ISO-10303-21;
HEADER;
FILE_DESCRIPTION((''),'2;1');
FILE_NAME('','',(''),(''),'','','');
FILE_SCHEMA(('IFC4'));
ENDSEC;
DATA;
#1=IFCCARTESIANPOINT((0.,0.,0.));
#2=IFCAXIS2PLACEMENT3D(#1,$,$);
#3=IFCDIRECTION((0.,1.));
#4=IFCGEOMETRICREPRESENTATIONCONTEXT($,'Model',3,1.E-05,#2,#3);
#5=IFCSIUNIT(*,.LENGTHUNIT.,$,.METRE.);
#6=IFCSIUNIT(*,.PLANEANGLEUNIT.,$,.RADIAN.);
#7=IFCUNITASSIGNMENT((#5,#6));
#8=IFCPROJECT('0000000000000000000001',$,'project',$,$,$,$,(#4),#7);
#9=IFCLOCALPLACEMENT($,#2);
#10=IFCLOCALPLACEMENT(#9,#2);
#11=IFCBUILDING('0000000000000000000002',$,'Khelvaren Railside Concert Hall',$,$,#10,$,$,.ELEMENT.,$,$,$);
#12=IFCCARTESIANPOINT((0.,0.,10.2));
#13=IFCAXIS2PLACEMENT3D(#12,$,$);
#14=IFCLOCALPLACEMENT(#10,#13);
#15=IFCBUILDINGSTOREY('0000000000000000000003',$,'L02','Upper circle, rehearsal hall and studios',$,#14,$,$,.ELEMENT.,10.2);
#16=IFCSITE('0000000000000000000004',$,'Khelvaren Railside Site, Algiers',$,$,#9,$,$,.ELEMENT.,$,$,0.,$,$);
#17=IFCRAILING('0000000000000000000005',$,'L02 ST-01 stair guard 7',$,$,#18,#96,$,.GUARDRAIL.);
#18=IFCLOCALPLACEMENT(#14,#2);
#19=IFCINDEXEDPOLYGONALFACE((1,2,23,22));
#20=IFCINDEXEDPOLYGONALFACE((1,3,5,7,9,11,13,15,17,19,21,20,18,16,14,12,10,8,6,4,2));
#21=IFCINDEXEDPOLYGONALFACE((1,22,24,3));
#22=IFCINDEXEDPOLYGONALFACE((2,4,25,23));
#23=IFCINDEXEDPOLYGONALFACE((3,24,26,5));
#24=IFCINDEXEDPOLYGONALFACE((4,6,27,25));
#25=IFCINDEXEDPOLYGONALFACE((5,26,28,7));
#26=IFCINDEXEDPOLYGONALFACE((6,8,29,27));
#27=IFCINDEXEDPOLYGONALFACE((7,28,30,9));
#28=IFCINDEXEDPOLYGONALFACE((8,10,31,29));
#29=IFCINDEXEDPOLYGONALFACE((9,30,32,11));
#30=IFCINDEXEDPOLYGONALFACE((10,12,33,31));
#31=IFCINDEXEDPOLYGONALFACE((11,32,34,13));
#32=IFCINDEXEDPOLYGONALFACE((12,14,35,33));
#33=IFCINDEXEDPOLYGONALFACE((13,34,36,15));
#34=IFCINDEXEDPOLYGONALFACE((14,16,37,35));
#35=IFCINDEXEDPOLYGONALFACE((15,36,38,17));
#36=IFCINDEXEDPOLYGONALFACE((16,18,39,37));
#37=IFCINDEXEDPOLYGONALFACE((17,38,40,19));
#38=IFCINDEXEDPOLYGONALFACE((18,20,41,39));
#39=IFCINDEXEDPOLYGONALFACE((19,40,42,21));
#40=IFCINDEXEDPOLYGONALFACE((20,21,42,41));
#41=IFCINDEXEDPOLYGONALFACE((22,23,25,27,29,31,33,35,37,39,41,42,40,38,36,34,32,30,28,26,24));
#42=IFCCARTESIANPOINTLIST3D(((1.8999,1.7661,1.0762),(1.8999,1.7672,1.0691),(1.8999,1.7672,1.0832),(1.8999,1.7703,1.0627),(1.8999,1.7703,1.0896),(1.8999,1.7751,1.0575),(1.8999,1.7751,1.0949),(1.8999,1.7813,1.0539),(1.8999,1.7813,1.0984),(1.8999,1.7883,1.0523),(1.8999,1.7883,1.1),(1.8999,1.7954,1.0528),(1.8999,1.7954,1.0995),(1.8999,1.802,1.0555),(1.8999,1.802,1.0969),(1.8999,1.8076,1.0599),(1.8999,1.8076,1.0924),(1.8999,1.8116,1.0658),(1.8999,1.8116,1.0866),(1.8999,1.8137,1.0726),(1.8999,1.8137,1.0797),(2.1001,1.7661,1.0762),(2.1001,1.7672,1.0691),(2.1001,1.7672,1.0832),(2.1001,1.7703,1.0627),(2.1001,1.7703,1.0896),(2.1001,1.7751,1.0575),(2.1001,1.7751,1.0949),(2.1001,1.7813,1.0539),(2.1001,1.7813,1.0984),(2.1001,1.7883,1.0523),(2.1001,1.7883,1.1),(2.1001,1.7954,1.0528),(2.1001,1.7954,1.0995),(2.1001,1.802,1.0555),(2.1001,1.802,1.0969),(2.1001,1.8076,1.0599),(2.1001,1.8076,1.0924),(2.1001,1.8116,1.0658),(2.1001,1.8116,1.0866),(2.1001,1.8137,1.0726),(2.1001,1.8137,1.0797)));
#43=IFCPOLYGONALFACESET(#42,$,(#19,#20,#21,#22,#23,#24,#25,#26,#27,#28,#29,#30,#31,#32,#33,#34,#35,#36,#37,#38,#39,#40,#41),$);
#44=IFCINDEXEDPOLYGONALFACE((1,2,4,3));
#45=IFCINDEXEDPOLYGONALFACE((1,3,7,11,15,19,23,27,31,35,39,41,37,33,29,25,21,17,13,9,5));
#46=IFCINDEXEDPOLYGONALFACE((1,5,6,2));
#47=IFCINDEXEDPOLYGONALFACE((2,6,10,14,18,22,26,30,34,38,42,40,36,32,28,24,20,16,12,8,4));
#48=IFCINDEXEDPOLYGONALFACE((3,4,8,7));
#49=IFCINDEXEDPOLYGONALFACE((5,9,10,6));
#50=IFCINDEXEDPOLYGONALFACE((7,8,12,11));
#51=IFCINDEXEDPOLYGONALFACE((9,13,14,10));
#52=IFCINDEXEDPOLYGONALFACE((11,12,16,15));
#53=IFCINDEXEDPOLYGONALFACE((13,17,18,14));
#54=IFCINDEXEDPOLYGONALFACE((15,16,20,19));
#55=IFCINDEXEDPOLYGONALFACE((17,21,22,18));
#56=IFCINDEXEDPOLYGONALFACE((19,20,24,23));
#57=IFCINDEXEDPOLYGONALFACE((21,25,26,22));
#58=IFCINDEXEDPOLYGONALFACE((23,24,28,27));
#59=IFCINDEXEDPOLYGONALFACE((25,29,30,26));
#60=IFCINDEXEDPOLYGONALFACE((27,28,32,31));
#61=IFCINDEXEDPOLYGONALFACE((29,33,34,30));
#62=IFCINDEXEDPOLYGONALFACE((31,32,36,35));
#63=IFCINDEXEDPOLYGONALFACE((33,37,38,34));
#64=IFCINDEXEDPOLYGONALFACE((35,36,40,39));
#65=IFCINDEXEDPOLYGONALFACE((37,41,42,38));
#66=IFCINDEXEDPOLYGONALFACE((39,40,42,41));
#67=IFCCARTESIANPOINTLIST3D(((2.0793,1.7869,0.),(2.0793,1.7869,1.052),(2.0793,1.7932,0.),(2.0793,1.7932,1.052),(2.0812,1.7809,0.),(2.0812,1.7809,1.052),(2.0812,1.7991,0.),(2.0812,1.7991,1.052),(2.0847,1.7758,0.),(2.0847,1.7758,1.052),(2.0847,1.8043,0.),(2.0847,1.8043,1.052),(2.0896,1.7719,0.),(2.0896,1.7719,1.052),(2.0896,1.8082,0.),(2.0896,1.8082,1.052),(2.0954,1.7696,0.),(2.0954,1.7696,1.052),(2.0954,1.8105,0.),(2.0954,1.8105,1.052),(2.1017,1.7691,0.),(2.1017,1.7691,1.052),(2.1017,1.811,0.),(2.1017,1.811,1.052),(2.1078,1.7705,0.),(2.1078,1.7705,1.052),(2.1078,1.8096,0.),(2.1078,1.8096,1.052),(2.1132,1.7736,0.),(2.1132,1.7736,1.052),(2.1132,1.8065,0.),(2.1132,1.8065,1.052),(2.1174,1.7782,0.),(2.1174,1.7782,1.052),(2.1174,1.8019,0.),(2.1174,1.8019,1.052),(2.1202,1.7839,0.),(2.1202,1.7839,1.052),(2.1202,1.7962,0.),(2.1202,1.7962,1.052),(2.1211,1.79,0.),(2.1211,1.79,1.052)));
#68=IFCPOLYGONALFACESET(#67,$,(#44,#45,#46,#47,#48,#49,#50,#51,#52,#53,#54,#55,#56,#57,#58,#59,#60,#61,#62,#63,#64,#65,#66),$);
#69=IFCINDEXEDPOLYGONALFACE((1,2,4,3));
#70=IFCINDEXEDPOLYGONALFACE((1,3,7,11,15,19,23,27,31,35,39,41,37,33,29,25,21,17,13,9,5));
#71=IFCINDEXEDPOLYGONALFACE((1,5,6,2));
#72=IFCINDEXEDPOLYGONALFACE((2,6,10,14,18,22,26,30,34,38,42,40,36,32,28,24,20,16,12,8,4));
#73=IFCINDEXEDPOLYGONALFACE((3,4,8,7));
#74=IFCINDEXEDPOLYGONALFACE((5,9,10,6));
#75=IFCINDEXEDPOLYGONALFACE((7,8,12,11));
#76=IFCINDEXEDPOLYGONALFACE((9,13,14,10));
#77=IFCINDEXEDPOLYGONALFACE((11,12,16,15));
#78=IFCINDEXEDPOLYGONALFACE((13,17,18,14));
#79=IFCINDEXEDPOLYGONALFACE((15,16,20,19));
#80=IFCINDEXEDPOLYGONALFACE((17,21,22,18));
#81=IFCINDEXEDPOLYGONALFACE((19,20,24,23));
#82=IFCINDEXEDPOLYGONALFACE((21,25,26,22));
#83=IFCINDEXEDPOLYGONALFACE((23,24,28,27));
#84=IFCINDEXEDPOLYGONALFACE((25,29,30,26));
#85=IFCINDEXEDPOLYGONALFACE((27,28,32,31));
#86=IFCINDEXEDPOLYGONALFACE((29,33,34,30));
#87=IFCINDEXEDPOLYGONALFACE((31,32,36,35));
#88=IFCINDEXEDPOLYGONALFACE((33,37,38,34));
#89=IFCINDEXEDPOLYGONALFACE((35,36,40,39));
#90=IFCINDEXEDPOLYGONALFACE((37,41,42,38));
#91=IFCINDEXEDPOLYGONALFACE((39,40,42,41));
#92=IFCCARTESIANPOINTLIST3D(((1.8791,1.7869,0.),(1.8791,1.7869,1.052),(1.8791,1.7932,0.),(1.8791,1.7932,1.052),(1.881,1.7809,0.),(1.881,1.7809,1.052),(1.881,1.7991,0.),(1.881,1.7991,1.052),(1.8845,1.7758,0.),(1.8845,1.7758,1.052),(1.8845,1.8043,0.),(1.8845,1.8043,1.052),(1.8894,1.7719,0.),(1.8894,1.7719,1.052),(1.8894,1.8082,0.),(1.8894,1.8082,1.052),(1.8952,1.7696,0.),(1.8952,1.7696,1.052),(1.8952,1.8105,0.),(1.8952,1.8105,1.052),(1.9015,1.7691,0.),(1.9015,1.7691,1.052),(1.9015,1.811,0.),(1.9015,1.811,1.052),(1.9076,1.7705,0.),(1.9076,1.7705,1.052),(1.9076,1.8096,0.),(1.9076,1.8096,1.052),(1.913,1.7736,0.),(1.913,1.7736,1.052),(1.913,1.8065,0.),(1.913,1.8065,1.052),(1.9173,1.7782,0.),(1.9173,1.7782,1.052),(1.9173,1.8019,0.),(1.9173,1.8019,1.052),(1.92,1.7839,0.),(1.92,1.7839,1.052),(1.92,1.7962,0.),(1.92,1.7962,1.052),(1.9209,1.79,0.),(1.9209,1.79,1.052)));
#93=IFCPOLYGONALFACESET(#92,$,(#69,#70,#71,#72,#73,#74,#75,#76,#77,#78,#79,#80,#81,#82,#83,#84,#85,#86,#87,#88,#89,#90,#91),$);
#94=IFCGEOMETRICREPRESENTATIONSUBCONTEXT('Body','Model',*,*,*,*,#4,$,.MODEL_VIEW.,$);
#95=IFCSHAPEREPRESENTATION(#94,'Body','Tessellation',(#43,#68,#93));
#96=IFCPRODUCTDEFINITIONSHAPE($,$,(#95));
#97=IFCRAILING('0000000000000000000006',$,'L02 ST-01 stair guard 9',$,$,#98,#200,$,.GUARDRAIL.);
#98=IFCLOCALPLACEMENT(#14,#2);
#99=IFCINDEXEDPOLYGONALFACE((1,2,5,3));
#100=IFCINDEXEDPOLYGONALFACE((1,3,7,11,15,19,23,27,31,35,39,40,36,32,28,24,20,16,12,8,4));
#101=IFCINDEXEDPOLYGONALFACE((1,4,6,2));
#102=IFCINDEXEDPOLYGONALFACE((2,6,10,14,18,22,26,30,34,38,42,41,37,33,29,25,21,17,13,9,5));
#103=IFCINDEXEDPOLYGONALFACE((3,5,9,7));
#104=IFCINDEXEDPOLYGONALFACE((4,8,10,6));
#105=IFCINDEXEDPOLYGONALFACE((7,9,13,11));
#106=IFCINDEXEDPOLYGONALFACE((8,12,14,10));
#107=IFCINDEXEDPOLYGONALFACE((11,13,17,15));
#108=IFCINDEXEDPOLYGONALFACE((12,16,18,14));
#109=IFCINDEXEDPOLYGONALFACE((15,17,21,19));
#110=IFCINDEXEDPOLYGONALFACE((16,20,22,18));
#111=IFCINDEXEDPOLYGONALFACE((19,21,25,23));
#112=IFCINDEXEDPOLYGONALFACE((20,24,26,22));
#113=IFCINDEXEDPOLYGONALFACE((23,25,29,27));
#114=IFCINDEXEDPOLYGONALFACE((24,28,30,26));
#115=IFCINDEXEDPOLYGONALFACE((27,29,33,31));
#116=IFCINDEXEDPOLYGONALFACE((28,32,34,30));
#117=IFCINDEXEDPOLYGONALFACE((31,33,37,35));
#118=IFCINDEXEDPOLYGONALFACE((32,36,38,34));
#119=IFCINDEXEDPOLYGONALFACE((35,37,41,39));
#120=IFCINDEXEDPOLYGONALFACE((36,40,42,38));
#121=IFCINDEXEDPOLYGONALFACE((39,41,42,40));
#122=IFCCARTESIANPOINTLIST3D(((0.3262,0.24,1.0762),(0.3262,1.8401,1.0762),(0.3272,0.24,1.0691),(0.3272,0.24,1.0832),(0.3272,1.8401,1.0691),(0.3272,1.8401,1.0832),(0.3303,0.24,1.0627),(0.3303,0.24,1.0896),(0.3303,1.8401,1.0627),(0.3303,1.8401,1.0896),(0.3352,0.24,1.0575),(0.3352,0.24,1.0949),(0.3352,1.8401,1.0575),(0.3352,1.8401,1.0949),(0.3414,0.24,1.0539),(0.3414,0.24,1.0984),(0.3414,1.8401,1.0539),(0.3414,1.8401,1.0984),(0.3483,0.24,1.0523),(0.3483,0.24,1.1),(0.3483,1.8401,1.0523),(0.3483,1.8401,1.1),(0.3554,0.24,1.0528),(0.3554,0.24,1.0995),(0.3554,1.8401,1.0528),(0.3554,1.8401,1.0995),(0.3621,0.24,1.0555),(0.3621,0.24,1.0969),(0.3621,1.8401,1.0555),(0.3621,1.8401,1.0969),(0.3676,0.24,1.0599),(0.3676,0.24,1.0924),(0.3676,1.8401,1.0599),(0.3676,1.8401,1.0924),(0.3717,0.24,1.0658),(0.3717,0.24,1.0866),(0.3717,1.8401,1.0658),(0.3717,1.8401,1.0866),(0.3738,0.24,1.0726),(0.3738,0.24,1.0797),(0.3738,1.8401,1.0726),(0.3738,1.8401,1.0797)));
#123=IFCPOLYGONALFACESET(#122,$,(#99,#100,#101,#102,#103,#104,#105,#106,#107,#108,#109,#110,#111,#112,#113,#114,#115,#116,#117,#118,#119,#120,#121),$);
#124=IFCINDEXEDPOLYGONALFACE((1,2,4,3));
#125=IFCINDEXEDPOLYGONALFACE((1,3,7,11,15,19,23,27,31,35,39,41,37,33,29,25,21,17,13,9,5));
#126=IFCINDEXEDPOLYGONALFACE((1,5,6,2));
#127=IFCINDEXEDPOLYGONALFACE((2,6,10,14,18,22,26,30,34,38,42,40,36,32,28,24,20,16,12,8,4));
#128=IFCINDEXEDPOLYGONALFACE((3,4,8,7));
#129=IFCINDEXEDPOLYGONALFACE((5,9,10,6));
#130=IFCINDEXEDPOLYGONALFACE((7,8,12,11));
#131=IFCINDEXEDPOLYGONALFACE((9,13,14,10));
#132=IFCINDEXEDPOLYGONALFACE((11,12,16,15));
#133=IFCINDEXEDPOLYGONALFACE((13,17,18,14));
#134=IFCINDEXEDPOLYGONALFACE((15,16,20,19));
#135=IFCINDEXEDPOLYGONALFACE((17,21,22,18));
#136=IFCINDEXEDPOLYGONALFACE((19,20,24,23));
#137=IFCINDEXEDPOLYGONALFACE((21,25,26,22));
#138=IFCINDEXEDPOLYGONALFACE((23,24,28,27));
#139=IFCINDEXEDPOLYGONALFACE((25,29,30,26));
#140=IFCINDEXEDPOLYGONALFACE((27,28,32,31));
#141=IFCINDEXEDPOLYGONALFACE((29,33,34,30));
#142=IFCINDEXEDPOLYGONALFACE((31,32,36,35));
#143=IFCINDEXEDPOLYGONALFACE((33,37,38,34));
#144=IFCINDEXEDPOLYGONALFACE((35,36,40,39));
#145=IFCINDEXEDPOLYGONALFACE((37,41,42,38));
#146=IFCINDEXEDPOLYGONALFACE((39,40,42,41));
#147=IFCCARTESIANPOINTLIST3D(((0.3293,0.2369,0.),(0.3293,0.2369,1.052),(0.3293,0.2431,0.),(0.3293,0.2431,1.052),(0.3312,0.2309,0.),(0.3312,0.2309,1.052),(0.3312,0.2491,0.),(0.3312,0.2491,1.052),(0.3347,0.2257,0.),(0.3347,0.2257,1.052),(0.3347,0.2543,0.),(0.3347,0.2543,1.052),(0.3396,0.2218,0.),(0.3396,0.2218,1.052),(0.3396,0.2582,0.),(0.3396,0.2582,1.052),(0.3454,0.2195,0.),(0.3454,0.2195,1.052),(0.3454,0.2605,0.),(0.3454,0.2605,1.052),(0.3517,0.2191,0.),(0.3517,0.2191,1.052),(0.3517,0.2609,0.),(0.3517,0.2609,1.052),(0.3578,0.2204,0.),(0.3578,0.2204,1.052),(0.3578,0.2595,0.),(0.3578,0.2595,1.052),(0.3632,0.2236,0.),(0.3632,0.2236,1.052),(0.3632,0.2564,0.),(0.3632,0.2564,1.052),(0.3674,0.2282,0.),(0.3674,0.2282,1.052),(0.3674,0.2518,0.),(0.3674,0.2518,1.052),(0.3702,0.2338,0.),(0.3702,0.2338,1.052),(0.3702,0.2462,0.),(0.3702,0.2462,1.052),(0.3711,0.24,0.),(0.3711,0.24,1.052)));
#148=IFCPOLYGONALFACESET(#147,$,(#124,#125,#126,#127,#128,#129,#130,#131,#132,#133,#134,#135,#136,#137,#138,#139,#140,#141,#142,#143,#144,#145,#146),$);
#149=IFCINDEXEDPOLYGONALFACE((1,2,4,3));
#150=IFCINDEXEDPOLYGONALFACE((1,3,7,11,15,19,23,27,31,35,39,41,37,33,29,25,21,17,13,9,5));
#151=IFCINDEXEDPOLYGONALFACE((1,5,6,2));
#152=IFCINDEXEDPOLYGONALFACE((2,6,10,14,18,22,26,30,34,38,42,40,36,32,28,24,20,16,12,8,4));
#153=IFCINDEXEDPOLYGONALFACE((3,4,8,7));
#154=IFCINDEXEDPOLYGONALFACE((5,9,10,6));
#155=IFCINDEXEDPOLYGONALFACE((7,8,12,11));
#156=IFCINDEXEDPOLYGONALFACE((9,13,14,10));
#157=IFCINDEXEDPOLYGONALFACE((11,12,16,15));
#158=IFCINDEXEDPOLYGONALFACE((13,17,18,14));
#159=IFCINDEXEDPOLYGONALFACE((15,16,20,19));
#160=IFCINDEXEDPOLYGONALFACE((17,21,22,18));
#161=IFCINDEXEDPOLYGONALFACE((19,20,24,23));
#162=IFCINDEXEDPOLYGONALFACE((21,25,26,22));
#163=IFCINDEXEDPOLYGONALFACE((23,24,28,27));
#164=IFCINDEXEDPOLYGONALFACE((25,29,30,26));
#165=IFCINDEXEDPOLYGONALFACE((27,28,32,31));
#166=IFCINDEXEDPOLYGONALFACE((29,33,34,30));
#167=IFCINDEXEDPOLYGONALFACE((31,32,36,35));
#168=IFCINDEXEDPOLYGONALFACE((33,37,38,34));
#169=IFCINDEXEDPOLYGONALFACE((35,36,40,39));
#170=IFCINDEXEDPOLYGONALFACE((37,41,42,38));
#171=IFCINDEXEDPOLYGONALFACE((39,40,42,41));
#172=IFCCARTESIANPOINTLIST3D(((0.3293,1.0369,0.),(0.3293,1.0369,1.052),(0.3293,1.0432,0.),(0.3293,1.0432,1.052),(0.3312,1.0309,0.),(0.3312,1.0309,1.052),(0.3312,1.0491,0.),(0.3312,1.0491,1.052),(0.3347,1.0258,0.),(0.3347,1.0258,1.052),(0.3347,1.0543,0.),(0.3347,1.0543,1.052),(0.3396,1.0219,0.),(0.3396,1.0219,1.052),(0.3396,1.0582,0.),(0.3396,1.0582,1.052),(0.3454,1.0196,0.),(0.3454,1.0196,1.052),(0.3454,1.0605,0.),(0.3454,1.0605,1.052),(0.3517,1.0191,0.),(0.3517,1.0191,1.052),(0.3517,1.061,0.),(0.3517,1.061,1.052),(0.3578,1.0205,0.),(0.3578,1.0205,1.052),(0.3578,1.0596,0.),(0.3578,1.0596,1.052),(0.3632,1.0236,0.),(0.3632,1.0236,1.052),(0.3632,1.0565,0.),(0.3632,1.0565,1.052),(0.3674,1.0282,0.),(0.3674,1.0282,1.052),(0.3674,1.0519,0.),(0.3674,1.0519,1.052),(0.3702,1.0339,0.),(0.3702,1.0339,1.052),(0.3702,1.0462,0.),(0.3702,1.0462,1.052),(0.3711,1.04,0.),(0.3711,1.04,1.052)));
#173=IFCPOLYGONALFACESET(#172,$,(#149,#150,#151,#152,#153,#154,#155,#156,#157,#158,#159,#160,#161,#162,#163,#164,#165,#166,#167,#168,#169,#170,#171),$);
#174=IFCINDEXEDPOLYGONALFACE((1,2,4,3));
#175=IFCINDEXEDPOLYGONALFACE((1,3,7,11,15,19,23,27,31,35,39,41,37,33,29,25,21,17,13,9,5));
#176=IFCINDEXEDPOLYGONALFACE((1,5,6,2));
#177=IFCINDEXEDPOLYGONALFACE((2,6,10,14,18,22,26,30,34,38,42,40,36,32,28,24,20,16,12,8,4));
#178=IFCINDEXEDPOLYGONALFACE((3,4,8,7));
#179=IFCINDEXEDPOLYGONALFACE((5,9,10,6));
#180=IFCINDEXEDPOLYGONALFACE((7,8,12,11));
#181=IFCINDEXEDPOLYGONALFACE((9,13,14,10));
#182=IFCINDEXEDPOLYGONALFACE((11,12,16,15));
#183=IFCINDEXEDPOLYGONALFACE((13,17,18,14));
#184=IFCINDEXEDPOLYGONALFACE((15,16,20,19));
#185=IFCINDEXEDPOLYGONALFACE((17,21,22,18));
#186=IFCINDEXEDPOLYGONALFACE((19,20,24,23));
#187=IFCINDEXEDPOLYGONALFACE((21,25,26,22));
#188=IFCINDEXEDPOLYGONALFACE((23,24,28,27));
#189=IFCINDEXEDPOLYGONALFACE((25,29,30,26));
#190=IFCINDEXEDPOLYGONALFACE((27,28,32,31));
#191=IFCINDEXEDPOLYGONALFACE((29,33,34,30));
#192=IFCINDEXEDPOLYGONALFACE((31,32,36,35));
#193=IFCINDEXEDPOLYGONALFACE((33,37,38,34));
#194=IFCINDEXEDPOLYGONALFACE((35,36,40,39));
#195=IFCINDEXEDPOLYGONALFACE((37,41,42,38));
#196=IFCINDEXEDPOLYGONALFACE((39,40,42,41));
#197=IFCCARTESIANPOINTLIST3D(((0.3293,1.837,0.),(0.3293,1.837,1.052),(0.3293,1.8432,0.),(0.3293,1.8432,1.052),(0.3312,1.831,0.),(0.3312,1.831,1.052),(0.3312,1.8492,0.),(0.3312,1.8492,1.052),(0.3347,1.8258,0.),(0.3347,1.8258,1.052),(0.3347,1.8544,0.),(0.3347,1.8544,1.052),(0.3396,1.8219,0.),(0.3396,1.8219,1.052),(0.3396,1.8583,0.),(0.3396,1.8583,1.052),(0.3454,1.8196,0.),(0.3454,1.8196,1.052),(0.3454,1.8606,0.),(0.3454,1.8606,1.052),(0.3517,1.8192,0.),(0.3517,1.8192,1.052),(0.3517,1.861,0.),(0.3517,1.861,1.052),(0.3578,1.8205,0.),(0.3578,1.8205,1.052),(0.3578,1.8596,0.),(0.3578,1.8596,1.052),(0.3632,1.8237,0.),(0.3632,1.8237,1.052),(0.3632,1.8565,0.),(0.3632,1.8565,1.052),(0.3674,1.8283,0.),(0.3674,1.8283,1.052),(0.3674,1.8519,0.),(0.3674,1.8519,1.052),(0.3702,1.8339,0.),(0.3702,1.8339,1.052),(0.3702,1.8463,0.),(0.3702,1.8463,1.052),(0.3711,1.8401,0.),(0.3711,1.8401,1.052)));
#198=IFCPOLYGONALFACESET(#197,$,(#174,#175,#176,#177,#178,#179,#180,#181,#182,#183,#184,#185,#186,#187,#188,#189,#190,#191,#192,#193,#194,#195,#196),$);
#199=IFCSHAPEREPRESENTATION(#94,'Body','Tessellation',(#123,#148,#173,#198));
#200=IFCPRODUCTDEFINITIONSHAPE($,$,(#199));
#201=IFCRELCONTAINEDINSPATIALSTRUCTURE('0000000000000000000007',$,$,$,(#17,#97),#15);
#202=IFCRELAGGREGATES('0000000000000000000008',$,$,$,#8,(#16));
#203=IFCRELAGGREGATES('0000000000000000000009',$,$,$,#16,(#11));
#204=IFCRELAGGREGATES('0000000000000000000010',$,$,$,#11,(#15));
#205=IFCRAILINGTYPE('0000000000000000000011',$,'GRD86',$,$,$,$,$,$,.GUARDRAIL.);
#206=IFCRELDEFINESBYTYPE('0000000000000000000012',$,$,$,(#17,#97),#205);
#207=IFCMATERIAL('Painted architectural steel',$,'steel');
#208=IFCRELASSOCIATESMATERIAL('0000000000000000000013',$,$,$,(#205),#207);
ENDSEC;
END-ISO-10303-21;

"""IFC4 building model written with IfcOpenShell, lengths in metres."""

from ifc_helpers import new_model, si_unit, direction, frame, origin, origin_2d, place, context, subcontext, project, spatial, circle, extrude, material, type_object, element, save


model = new_model("IFC4")

# Units and contexts
model_context = context("Model", 3, precision=1e-05, world=origin(), true_north=direction((0.0, 1.0)))
body_context = subcontext(model_context, "Body", "Model", "MODEL_VIEW")
ifc_project = project(units=[si_unit("LENGTHUNIT", "METRE"), si_unit("PLANEANGLEUNIT", "RADIAN")], contexts=[model_context])

# Site, building, storey
site_placement = place(None, origin())
site = spatial("IfcSite", under=ifc_project, at=site_placement, Name="Khelvaren Railside Site, Algiers", CompositionType="ELEMENT", RefElevation=0.0)
building_placement = place(site_placement, origin())
building = spatial("IfcBuilding", under=site, at=building_placement, Name="Khelvaren Railside Concert Hall", CompositionType="ELEMENT")
storey_placement = place(building_placement, frame((0.0, 0.0, 10.2)))
storey = spatial("IfcBuildingStorey", under=building, at=storey_placement, Name="L02", Description="Upper circle, rehearsal hall and studios", CompositionType="ELEMENT", Elevation=10.2)

# Railings
ifc_material_1 = material(Name="Painted architectural steel", Category="steel")
railing_type_1 = type_object("IfcRailingType", Name="GRD86", PredefinedType="GUARDRAIL", material=ifc_material_1)
railing_1_placement = place(storey_placement, frame((2.1001, 1.79, 0.0)))
element("IfcRailing", 1, at=railing_1_placement, inside=storey, type_object=railing_type_1, Name="L02 ST-01 stair guard 7", PredefinedType="GUARDRAIL", context=body_context, shape_type="SweptSolid", body=[
    extrude(circle(Radius=0.0239, at=origin_2d()), frame((0.0, 0.0, 1.0762), z_axis=(-1.0, 0.0, 0.0), x_axis=(0.0, -1.0, 0.0)), (0.0, 0.0, 1.0), 0.2002),
    extrude(circle(Radius=0.021, at=origin_2d()), origin(), (0.0, 0.0, 1.0), 1.052),
    extrude(circle(Radius=0.021, at=origin_2d()), frame((-0.2002, 0.0, 0.0)), (0.0, 0.0, 1.0), 1.052),
])
railing_2_placement = place(storey_placement, frame((0.3501, 0.24, 0.0)))
element("IfcRailing", 2, at=railing_2_placement, inside=storey, type_object=railing_type_1, Name="L02 ST-01 stair guard 9", PredefinedType="GUARDRAIL", context=body_context, shape_type="SweptSolid", body=[
    extrude(circle(Radius=0.0239, at=origin_2d()), frame((0.0, 0.0, 1.0762), z_axis=(0.0, 1.0, 0.0), x_axis=(-1.0, 0.0, 0.0)), (0.0, 0.0, 1.0), 1.6001),
    extrude(circle(Radius=0.021, at=origin_2d()), origin(), (0.0, 0.0, 1.0), 1.052),
    extrude(circle(Radius=0.021, at=origin_2d()), frame((0.0, 0.8, 0.0)), (0.0, 0.0, 1.0), 1.052),
    extrude(circle(Radius=0.021, at=origin_2d()), frame((0.0, 1.6001, 0.0)), (0.0, 0.0, 1.0), 1.052),
])

save(model, "model.ifc")
